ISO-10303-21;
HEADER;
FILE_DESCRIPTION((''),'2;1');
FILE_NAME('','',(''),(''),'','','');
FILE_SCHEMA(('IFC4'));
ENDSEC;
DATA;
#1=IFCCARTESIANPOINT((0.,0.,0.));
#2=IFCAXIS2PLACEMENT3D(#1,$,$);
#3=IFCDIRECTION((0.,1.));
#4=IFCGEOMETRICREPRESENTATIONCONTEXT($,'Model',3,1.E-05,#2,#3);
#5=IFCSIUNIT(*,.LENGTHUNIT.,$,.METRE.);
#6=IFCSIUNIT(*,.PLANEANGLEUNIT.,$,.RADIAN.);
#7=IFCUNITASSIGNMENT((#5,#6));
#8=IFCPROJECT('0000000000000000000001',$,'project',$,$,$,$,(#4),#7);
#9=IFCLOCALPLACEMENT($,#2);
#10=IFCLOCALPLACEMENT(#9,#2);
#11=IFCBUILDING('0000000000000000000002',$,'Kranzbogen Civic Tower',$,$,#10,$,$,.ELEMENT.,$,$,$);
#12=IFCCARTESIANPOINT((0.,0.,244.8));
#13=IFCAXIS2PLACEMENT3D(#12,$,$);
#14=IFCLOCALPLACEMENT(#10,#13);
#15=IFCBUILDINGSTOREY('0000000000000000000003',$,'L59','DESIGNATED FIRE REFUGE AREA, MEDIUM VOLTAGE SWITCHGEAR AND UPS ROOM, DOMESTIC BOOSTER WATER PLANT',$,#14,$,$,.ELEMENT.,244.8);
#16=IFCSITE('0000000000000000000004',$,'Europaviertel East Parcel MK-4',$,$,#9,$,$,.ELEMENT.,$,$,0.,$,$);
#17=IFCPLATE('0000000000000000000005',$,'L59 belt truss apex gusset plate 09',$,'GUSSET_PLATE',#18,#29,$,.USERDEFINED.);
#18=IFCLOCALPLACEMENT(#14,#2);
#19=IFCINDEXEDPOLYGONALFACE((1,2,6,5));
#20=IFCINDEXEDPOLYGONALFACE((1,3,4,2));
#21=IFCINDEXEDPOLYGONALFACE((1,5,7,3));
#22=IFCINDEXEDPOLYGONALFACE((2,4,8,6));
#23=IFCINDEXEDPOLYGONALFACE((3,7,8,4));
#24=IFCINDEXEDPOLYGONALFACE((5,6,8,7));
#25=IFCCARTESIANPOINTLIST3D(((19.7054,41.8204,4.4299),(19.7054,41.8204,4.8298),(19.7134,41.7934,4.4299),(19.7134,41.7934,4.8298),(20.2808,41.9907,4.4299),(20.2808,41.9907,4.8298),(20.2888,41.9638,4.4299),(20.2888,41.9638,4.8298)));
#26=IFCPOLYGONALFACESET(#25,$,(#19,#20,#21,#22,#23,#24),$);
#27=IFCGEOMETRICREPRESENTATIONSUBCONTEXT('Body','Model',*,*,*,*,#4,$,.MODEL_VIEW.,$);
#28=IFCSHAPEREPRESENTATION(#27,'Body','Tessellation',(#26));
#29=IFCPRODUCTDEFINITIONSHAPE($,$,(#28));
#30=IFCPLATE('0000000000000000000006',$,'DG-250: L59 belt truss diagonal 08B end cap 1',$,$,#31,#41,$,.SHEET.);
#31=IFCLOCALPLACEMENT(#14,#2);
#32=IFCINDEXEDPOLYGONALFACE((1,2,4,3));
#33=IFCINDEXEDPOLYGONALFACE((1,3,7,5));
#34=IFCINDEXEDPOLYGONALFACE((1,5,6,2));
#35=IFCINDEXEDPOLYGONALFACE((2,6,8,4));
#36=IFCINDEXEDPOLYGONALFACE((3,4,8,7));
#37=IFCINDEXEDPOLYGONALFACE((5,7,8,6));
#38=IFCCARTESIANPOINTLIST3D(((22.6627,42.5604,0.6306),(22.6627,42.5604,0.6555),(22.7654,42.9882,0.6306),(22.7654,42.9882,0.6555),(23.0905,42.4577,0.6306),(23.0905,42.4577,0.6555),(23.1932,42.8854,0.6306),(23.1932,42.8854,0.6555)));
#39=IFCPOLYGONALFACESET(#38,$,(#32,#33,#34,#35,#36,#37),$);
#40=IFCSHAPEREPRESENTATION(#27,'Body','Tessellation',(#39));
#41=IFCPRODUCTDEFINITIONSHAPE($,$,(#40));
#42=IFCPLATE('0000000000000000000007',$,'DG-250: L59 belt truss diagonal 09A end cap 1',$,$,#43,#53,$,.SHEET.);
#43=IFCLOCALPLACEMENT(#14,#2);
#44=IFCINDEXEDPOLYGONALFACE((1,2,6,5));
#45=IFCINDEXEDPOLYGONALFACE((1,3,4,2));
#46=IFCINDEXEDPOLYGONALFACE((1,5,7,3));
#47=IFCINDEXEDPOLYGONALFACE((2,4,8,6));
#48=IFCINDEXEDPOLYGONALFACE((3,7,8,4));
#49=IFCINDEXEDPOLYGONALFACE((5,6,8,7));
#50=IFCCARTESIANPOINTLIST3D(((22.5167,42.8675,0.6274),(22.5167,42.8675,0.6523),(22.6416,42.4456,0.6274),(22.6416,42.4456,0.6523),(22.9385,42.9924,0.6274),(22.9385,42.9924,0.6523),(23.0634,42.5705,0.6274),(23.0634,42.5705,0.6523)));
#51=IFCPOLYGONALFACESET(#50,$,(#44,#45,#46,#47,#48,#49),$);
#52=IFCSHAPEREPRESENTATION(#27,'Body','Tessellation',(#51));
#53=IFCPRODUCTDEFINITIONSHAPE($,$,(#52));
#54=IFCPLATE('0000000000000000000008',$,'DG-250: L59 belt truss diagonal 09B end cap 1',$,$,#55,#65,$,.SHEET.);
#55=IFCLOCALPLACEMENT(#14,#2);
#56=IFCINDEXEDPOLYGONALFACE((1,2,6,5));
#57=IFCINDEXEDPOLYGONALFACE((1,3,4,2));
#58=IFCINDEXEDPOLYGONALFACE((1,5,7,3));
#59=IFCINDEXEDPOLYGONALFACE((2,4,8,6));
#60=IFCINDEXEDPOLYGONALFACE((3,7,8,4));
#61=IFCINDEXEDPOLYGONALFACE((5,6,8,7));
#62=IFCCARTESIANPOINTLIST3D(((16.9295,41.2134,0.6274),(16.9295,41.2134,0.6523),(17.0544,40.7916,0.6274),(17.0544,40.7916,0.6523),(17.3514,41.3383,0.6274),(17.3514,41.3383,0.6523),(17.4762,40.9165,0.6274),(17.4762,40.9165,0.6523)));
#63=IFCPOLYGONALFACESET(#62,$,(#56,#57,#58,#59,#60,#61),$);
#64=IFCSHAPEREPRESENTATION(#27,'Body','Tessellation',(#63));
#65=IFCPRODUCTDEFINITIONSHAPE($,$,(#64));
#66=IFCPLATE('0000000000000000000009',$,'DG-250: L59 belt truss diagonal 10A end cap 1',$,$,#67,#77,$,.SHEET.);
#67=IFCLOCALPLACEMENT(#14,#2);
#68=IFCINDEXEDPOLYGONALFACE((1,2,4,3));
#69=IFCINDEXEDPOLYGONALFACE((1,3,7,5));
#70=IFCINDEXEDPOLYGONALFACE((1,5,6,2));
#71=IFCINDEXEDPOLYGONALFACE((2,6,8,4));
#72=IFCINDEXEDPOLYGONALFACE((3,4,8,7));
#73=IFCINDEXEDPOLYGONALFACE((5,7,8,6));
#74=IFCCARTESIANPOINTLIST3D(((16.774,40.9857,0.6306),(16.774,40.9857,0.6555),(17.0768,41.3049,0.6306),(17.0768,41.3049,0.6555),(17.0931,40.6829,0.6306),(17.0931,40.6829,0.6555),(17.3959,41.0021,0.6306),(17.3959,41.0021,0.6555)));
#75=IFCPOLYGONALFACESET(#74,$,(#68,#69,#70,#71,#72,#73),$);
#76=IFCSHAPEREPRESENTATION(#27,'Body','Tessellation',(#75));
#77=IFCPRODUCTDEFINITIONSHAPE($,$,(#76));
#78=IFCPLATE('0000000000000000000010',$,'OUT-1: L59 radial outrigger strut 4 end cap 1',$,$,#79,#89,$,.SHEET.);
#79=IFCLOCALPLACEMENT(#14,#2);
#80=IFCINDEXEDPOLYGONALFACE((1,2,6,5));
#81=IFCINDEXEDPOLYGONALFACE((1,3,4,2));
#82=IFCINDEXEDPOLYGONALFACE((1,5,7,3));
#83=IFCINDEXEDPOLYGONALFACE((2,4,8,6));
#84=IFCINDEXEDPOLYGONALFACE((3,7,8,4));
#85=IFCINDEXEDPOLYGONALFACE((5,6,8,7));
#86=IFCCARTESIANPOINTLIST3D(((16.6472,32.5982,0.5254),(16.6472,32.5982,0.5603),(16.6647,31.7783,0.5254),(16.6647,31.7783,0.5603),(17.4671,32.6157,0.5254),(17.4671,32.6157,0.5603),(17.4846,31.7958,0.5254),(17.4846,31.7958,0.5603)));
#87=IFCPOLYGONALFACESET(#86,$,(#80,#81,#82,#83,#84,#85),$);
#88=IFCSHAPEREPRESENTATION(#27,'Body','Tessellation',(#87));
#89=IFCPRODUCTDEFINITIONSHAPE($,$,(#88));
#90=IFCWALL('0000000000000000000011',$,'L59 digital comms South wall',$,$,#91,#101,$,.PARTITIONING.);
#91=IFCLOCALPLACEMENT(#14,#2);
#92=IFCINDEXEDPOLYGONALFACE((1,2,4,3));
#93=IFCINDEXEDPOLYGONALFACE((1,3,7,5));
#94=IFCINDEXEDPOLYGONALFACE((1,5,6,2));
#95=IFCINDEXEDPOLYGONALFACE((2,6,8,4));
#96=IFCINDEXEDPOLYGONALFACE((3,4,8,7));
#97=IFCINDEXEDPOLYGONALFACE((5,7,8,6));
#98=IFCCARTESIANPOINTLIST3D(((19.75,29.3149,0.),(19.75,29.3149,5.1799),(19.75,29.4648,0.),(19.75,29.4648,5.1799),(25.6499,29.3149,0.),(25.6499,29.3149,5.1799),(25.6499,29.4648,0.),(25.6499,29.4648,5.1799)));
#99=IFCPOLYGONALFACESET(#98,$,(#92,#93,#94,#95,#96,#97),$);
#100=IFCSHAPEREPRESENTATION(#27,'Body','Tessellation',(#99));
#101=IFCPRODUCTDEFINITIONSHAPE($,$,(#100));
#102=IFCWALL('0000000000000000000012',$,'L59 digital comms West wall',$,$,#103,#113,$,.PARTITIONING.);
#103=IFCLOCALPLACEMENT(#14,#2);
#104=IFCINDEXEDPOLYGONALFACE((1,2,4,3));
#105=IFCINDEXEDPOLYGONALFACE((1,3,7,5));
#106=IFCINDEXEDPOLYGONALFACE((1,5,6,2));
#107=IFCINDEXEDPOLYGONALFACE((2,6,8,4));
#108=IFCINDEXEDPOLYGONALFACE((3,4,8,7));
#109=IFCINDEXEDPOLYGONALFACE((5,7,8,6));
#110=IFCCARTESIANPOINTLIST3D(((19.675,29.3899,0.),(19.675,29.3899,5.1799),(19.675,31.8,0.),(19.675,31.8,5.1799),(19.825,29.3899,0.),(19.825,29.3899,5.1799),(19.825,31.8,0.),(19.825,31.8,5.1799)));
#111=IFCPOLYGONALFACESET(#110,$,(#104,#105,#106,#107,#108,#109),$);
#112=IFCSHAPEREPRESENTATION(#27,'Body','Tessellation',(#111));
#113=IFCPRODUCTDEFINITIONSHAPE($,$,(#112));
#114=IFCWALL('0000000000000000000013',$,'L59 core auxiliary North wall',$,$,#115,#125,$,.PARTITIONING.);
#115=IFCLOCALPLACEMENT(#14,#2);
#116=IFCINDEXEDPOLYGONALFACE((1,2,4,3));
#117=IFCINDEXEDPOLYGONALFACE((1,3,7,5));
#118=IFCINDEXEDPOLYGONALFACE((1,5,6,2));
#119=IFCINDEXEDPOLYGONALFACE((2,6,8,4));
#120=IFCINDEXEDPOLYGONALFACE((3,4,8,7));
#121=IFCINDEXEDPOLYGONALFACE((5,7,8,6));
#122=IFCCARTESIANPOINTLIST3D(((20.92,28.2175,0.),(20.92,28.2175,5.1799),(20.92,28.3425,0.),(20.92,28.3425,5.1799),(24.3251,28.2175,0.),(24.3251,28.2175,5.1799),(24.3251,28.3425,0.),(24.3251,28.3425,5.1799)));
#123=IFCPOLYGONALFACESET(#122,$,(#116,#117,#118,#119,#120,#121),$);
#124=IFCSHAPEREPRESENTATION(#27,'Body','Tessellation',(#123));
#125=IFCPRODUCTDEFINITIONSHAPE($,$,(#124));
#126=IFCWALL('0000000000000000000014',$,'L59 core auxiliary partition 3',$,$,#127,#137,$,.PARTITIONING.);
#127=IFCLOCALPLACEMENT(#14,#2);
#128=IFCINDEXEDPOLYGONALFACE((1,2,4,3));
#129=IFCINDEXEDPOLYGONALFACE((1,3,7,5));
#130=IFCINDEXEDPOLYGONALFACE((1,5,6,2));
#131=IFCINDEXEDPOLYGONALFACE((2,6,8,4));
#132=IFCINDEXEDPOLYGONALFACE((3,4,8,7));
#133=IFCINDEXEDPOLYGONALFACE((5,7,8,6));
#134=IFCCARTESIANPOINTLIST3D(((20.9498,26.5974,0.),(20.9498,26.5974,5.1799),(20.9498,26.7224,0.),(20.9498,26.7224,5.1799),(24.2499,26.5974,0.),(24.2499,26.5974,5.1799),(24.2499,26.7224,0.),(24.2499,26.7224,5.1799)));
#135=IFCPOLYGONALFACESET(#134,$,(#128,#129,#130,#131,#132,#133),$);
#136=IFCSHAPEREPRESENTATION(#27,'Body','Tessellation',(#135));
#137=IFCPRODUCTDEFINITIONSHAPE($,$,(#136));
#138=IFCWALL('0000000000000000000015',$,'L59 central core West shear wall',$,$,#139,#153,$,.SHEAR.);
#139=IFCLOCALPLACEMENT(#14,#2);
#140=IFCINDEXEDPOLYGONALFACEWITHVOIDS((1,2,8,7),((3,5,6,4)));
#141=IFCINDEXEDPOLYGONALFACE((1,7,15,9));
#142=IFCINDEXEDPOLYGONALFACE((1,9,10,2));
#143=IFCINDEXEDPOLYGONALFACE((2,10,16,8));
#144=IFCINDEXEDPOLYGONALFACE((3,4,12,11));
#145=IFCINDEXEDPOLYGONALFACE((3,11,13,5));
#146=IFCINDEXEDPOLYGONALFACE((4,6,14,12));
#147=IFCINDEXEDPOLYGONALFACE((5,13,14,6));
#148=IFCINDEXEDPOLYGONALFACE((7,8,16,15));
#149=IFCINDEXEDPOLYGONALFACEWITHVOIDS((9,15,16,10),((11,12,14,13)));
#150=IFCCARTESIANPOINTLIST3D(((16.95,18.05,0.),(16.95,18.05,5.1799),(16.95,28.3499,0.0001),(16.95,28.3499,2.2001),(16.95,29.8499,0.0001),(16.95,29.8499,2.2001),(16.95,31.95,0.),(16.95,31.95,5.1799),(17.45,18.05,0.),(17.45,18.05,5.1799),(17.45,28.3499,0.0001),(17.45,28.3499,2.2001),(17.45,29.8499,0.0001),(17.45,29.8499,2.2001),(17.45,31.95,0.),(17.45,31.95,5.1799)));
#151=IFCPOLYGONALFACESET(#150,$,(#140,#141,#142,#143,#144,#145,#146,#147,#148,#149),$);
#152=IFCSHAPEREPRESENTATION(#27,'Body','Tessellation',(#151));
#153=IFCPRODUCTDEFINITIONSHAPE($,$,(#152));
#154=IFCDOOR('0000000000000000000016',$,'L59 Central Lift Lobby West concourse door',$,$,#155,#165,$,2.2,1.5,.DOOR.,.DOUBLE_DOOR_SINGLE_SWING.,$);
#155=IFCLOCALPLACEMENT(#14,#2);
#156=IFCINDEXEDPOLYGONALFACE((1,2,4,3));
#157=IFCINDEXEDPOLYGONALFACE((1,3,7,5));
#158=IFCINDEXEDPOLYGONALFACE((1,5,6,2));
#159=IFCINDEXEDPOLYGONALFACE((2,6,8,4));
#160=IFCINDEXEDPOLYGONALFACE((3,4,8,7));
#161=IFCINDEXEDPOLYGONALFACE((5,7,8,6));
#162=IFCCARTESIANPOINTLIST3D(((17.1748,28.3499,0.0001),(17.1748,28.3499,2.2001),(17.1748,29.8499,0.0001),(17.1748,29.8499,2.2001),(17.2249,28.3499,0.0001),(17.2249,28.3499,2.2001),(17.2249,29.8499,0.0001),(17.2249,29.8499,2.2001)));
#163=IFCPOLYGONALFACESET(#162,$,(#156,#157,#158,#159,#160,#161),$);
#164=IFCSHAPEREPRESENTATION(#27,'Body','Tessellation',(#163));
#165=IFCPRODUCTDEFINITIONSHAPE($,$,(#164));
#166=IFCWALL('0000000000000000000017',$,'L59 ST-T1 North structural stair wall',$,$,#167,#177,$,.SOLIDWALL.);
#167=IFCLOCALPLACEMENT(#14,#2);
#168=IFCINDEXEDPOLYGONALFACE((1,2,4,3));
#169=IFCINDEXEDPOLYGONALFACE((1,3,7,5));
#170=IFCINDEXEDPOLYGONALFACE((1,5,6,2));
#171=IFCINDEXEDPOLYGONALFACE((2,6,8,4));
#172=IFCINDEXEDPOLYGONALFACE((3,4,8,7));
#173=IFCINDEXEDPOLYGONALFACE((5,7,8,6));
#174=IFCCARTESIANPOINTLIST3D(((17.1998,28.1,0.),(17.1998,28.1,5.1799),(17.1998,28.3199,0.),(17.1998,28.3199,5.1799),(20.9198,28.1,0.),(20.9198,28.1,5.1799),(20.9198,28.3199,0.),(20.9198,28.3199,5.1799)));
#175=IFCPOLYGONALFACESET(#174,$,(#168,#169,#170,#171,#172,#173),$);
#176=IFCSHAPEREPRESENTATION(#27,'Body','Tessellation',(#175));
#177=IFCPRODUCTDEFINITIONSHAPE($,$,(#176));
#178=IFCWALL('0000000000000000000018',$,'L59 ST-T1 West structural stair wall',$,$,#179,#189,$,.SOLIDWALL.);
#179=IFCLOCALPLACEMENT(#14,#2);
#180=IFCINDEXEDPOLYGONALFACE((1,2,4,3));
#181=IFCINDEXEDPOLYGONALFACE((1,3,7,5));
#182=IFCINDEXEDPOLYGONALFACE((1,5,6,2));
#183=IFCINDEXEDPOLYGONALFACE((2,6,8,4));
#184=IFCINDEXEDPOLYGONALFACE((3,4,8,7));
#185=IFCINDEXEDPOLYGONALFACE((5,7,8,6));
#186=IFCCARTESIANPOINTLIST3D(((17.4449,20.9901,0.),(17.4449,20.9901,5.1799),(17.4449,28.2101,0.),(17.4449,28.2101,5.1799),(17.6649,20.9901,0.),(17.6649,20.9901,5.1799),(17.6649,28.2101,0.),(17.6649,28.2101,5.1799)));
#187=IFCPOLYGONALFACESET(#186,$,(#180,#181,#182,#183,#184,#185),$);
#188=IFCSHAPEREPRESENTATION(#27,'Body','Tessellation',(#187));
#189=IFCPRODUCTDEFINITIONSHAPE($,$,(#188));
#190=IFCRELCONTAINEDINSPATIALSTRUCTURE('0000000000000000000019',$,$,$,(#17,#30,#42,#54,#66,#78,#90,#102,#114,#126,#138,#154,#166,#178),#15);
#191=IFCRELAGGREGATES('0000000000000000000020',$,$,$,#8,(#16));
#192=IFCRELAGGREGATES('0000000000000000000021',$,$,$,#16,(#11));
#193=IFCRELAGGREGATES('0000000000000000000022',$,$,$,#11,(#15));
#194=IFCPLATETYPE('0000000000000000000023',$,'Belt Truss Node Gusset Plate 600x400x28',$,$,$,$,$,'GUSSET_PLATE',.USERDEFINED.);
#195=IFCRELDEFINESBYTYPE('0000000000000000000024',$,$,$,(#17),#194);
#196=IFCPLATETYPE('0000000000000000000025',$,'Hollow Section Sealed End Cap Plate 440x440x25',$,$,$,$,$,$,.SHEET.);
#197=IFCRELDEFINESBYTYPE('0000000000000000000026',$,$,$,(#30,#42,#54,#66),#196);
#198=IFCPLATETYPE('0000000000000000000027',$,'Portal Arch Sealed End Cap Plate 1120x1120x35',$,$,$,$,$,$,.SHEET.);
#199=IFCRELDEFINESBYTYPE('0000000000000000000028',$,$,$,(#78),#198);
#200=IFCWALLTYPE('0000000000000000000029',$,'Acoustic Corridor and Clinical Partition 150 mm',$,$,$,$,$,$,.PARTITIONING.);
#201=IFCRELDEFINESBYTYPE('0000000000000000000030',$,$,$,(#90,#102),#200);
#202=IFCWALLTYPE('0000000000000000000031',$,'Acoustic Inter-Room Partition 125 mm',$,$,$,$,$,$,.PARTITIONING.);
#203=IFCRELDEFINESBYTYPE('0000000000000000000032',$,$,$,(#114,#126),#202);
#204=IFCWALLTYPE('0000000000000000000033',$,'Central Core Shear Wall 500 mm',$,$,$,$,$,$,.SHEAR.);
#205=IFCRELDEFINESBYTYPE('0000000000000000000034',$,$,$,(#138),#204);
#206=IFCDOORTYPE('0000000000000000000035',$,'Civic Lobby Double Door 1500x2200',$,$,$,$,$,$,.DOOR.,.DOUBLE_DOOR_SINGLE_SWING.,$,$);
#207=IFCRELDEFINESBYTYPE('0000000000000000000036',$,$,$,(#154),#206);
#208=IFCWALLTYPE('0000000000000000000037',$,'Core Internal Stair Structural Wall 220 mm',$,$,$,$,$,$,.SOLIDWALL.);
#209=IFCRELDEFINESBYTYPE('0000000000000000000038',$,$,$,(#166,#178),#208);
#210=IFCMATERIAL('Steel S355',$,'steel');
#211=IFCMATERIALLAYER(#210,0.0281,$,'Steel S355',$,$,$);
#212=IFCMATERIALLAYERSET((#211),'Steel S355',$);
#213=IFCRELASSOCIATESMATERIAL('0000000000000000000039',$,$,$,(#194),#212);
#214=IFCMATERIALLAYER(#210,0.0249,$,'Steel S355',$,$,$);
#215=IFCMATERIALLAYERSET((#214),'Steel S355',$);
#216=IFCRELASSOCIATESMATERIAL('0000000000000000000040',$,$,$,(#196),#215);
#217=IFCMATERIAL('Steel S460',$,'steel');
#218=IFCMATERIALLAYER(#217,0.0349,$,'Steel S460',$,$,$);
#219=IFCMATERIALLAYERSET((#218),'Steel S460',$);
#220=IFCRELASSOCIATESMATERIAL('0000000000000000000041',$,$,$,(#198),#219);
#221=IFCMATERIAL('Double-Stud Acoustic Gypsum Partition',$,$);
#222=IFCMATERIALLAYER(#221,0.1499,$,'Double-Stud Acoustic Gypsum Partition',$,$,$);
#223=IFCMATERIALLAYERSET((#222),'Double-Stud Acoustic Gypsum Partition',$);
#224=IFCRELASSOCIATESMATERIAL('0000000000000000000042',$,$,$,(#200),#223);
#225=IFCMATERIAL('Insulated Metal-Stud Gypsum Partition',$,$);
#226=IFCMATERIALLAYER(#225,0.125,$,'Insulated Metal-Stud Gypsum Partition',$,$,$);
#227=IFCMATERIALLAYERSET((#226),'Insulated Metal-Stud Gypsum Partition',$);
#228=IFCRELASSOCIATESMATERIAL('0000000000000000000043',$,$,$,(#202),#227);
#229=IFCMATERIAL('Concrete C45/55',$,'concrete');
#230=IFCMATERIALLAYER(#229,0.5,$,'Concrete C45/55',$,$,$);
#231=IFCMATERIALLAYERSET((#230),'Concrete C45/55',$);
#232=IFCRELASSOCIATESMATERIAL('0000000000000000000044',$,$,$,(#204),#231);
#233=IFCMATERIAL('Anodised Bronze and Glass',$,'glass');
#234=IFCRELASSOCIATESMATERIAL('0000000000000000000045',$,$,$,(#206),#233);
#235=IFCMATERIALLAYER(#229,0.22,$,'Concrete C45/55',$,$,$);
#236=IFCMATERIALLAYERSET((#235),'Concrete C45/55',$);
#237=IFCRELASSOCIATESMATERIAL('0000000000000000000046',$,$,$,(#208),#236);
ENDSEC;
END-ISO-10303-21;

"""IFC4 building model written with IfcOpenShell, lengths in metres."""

from ifc_helpers import new_model, si_unit, direction, frame, frame_2d, origin, origin_2d, place, context, subcontext, project, spatial, rectangle, extrude, material, layer, layer_set, type_object, element, fill, save


model = new_model("IFC4")

# Units and contexts
model_context = context("Model", 3, precision=1e-05, world=origin(), true_north=direction((0.0, 1.0)))
body_context = subcontext(model_context, "Body", "Model", "MODEL_VIEW")
ifc_project = project(units=[si_unit("LENGTHUNIT", "METRE"), si_unit("PLANEANGLEUNIT", "RADIAN")], contexts=[model_context])

# Site, building, storey
site_placement = place(None, origin())
site = spatial("IfcSite", under=ifc_project, at=site_placement, Name="Europaviertel East Parcel MK-4", CompositionType="ELEMENT", RefElevation=0.0)
building_placement = place(site_placement, origin())
building = spatial("IfcBuilding", under=site, at=building_placement, Name="Kranzbogen Civic Tower", CompositionType="ELEMENT")
storey_placement = place(building_placement, frame((0.0, 0.0, 244.8)))
storey = spatial("IfcBuildingStorey", under=building, at=storey_placement, Name="L59", Description="DESIGNATED FIRE REFUGE AREA, MEDIUM VOLTAGE SWITCHGEAR AND UPS ROOM, DOMESTIC BOOSTER WATER PLANT", CompositionType="ELEMENT", Elevation=244.8)

# Shared definitions
ifc_material_1 = material(Name="Steel S355", Category="steel")
ifc_material_2 = material(Name="Steel S460", Category="steel")

# Plates
ifc_layer_1 = layer(ifc_material_1, 0.0281, Name="Steel S355")
ifc_layer_set_1 = layer_set([ifc_layer_1], Name="Steel S355")
plate_type_1 = type_object("IfcPlateType", Name="Belt Truss Node Gusset Plate 600x400x28", ElementType="GUSSET_PLATE", PredefinedType="USERDEFINED", material=ifc_layer_set_1)
plate_1_placement = place(storey_placement, frame((19.9971, 41.8921, 4.4299), z_axis=(0.0, 0.0, 1.0), x_axis=(-0.95884, -0.283948, 0.0)))
element("IfcPlate", 1, at=plate_1_placement, inside=storey, type_object=plate_type_1, Name="L59 belt truss apex gusset plate 09", ObjectType="GUSSET_PLATE", PredefinedType="USERDEFINED", context=body_context, shape_type="SweptSolid", body=[
    extrude(rectangle(XDim=0.6001, YDim=0.0281, at=origin_2d()), origin(), (0.0, 0.0, 1.0), 0.3999),
])
ifc_layer_2 = layer(ifc_material_1, 0.0249, Name="Steel S355")
ifc_layer_set_2 = layer_set([ifc_layer_2], Name="Steel S355")
plate_type_2 = type_object("IfcPlateType", Name="Hollow Section Sealed End Cap Plate 440x440x25", PredefinedType="SHEET", material=ifc_layer_set_2)
for number, where, z_axis, x_axis, name in (
    (2, (22.928, 42.7229, 0.6306), (0.0, 0.0, 1.0), (0.972362, -0.233479, 0.0), "DG-250: L59 belt truss diagonal 08B end cap 1"),
    (3, (22.79, 42.719, 0.6274), (0.0, 0.0, 1.0), (-0.958845, -0.283932, 0.0), "DG-250: L59 belt truss diagonal 09A end cap 1"),
    (4, (17.2029, 41.0649, 0.6274), (0.0, 0.0, 1.0), (0.958869, 0.283848, 0.0), "DG-250: L59 belt truss diagonal 09B end cap 1"),
    (5, (17.085, 40.9939, 0.6306), (0.0, 0.0, 1.0), (-0.688304, -0.725422, 0.0), "DG-250: L59 belt truss diagonal 10A end cap 1"),
):
    element("IfcPlate", number, at=place(storey_placement, frame(where, z_axis=z_axis, x_axis=x_axis)), inside=storey, type_object=plate_type_2, Name=name, PredefinedType="SHEET", context=body_context, shape_type="SweptSolid", body=[
        extrude(rectangle(XDim=0.4399, YDim=0.4399, at=origin_2d()), origin(), (0.0, 0.0, 1.0), 0.0249),
    ])
ifc_layer_3 = layer(ifc_material_2, 0.0349, Name="Steel S460")
ifc_layer_set_3 = layer_set([ifc_layer_3], Name="Steel S460")
plate_type_3 = type_object("IfcPlateType", Name="Portal Arch Sealed End Cap Plate 1120x1120x35", PredefinedType="SHEET", material=ifc_layer_set_3)
plate_2_placement = place(storey_placement, frame((17.0659, 32.197, 0.5254), z_axis=(0.0, 0.0, 1.0), x_axis=(-0.999772, -0.021361, 0.0)))
element("IfcPlate", 6, at=plate_2_placement, inside=storey, type_object=plate_type_3, Name="OUT-1: L59 radial outrigger strut 4 end cap 1", PredefinedType="SHEET", context=body_context, shape_type="SweptSolid", body=[
    extrude(rectangle(XDim=0.8201, YDim=0.8201, at=origin_2d()), origin(), (0.0, 0.0, 1.0), 0.0349),
])

# Walls
ifc_material_3 = material(Name="Double-Stud Acoustic Gypsum Partition")
ifc_layer_4 = layer(ifc_material_3, 0.1499, Name="Double-Stud Acoustic Gypsum Partition")
ifc_layer_set_4 = layer_set([ifc_layer_4], Name="Double-Stud Acoustic Gypsum Partition")
wall_type_1 = type_object("IfcWallType", Name="Acoustic Corridor and Clinical Partition 150 mm", PredefinedType="PARTITIONING", material=ifc_layer_set_4)
wall_1_placement = place(storey_placement, frame((19.75, 29.3899, 0.0), z_axis=(0.0, 0.0, 1.0), x_axis=(1.0, 0.0, 0.0)))
element("IfcWall", 7, at=wall_1_placement, inside=storey, type_object=wall_type_1, Name="L59 digital comms South wall", PredefinedType="PARTITIONING", context=body_context, shape_type="SweptSolid", body=[
    extrude(rectangle(XDim=5.8999, YDim=0.1499, at=frame_2d((2.95, 0.0))), origin(), (0.0, 0.0, 1.0), 5.1799),
])
wall_2_placement = place(storey_placement, frame((19.75, 29.3899, 0.0), z_axis=(0.0, 0.0, 1.0), x_axis=(0.0, 1.0, 0.0)))
element("IfcWall", 8, at=wall_2_placement, inside=storey, type_object=wall_type_1, Name="L59 digital comms West wall", PredefinedType="PARTITIONING", context=body_context, shape_type="SweptSolid", body=[
    extrude(rectangle(XDim=2.4102, YDim=0.1499, at=frame_2d((1.2051, 0.0))), origin(), (0.0, 0.0, 1.0), 5.1799),
])
ifc_material_4 = material(Name="Insulated Metal-Stud Gypsum Partition")
ifc_layer_5 = layer(ifc_material_4, 0.125, Name="Insulated Metal-Stud Gypsum Partition")
ifc_layer_set_5 = layer_set([ifc_layer_5], Name="Insulated Metal-Stud Gypsum Partition")
wall_type_2 = type_object("IfcWallType", Name="Acoustic Inter-Room Partition 125 mm", PredefinedType="PARTITIONING", material=ifc_layer_set_5)
wall_3_placement = place(storey_placement, frame((20.9199, 28.28, 0.0), z_axis=(0.0, 0.0, 1.0), x_axis=(1.0, 0.0, 0.0)))
element("IfcWall", 9, at=wall_3_placement, inside=storey, type_object=wall_type_2, Name="L59 core auxiliary North wall", PredefinedType="PARTITIONING", context=body_context, shape_type="SweptSolid", body=[
    extrude(rectangle(XDim=3.405, YDim=0.125, at=frame_2d((1.7026, 0.0))), origin(), (0.0, 0.0, 1.0), 5.1799),
])
wall_4_placement = place(storey_placement, frame((20.95, 26.6599, 0.0), z_axis=(0.0, 0.0, 1.0), x_axis=(1.0, 0.0, 0.0)))
element("IfcWall", 10, at=wall_4_placement, inside=storey, type_object=wall_type_2, Name="L59 core auxiliary partition 3", PredefinedType="PARTITIONING", context=body_context, shape_type="SweptSolid", body=[
    extrude(rectangle(XDim=3.3, YDim=0.125, at=frame_2d((1.6499, 0.0))), origin(), (0.0, 0.0, 1.0), 5.1799),
])

# Wall, opening, door
ifc_material_5 = material(Name="Concrete C45/55", Category="concrete")
ifc_layer_6 = layer(ifc_material_5, 0.5, Name="Concrete C45/55")
ifc_layer_set_6 = layer_set([ifc_layer_6], Name="Concrete C45/55")
wall_type_3 = type_object("IfcWallType", Name="Central Core Shear Wall 500 mm", PredefinedType="SHEAR", material=ifc_layer_set_6)
wall_5_placement = place(storey_placement, frame((17.2, 31.95, 0.0), z_axis=(0.0, 0.0, 1.0), x_axis=(0.0, -1.0, 0.0)))
wall_5 = element("IfcWall", 11, at=wall_5_placement, inside=storey, type_object=wall_type_3, Name="L59 central core West shear wall", PredefinedType="SHEAR", context=body_context, shape_type="SweptSolid", body=[
    extrude(rectangle(XDim=13.8999, YDim=0.5, at=frame_2d((6.95, 0.0))), origin(), (0.0, 0.0, 1.0), 5.1799),
])
opening_placement = place(wall_5_placement, frame((2.1001, 0.0, 0.0)))
opening = element("IfcOpeningElement", 12, at=opening_placement, cuts=wall_5, PredefinedType="OPENING", context=body_context, shape_type="SweptSolid", body=[
    extrude(rectangle(XDim=1.5, YDim=2.2, at=frame_2d((0.75, 1.1001))), frame((0.0, 0.26, 0.0), z_axis=(0.0, -1.0, 0.0), x_axis=(1.0, 0.0, 0.0)), (0.0, 0.0, 1.0), 0.52),
])
ifc_material_6 = material(Name="Anodised Bronze and Glass", Category="glass")
door_type = type_object("IfcDoorType", Name="Civic Lobby Double Door 1500x2200", OperationType="DOUBLE_DOOR_SINGLE_SWING", PredefinedType="DOOR", material=ifc_material_6)
door_placement = place(opening_placement, origin())
door = element("IfcDoor", 13, at=door_placement, inside=storey, type_object=door_type, Name="L59 Central Lift Lobby West concourse door", OperationType="DOUBLE_DOOR_SINGLE_SWING", OverallHeight=2.2, OverallWidth=1.5, PredefinedType="DOOR", context=body_context, shape_type="SweptSolid", body=[
    extrude(rectangle(XDim=1.5, YDim=2.2, at=frame_2d((0.75, 1.1001))), frame((0.0, 0.0249, 0.0), z_axis=(0.0, -1.0, 0.0), x_axis=(1.0, 0.0, 0.0)), (0.0, 0.0, 1.0), 0.05),
])
fill(opening, door)

# Walls
ifc_layer_7 = layer(ifc_material_5, 0.22, Name="Concrete C45/55")
ifc_layer_set_7 = layer_set([ifc_layer_7], Name="Concrete C45/55")
wall_type_4 = type_object("IfcWallType", Name="Core Internal Stair Structural Wall 220 mm", PredefinedType="SOLIDWALL", material=ifc_layer_set_7)
wall_6_placement = place(storey_placement, frame((17.2, 28.21, 0.0), z_axis=(0.0, 0.0, 1.0), x_axis=(1.0, 0.0, 0.0)))
element("IfcWall", 14, at=wall_6_placement, inside=storey, type_object=wall_type_4, Name="L59 ST-T1 North structural stair wall", PredefinedType="SOLIDWALL", context=body_context, shape_type="SweptSolid", body=[
    extrude(rectangle(XDim=3.72, YDim=0.22, at=frame_2d((1.8599, 0.0))), origin(), (0.0, 0.0, 1.0), 5.1799),
])
wall_7_placement = place(storey_placement, frame((17.5549, 28.21, 0.0), z_axis=(0.0, 0.0, 1.0), x_axis=(0.0, -1.0, 0.0)))
element("IfcWall", 15, at=wall_7_placement, inside=storey, type_object=wall_type_4, Name="L59 ST-T1 West structural stair wall", PredefinedType="SOLIDWALL", context=body_context, shape_type="SweptSolid", body=[
    extrude(rectangle(XDim=7.22, YDim=0.22, at=frame_2d((3.6099, 0.0))), origin(), (0.0, 0.0, 1.0), 5.1799),
])

save(model, "model.ifc")
